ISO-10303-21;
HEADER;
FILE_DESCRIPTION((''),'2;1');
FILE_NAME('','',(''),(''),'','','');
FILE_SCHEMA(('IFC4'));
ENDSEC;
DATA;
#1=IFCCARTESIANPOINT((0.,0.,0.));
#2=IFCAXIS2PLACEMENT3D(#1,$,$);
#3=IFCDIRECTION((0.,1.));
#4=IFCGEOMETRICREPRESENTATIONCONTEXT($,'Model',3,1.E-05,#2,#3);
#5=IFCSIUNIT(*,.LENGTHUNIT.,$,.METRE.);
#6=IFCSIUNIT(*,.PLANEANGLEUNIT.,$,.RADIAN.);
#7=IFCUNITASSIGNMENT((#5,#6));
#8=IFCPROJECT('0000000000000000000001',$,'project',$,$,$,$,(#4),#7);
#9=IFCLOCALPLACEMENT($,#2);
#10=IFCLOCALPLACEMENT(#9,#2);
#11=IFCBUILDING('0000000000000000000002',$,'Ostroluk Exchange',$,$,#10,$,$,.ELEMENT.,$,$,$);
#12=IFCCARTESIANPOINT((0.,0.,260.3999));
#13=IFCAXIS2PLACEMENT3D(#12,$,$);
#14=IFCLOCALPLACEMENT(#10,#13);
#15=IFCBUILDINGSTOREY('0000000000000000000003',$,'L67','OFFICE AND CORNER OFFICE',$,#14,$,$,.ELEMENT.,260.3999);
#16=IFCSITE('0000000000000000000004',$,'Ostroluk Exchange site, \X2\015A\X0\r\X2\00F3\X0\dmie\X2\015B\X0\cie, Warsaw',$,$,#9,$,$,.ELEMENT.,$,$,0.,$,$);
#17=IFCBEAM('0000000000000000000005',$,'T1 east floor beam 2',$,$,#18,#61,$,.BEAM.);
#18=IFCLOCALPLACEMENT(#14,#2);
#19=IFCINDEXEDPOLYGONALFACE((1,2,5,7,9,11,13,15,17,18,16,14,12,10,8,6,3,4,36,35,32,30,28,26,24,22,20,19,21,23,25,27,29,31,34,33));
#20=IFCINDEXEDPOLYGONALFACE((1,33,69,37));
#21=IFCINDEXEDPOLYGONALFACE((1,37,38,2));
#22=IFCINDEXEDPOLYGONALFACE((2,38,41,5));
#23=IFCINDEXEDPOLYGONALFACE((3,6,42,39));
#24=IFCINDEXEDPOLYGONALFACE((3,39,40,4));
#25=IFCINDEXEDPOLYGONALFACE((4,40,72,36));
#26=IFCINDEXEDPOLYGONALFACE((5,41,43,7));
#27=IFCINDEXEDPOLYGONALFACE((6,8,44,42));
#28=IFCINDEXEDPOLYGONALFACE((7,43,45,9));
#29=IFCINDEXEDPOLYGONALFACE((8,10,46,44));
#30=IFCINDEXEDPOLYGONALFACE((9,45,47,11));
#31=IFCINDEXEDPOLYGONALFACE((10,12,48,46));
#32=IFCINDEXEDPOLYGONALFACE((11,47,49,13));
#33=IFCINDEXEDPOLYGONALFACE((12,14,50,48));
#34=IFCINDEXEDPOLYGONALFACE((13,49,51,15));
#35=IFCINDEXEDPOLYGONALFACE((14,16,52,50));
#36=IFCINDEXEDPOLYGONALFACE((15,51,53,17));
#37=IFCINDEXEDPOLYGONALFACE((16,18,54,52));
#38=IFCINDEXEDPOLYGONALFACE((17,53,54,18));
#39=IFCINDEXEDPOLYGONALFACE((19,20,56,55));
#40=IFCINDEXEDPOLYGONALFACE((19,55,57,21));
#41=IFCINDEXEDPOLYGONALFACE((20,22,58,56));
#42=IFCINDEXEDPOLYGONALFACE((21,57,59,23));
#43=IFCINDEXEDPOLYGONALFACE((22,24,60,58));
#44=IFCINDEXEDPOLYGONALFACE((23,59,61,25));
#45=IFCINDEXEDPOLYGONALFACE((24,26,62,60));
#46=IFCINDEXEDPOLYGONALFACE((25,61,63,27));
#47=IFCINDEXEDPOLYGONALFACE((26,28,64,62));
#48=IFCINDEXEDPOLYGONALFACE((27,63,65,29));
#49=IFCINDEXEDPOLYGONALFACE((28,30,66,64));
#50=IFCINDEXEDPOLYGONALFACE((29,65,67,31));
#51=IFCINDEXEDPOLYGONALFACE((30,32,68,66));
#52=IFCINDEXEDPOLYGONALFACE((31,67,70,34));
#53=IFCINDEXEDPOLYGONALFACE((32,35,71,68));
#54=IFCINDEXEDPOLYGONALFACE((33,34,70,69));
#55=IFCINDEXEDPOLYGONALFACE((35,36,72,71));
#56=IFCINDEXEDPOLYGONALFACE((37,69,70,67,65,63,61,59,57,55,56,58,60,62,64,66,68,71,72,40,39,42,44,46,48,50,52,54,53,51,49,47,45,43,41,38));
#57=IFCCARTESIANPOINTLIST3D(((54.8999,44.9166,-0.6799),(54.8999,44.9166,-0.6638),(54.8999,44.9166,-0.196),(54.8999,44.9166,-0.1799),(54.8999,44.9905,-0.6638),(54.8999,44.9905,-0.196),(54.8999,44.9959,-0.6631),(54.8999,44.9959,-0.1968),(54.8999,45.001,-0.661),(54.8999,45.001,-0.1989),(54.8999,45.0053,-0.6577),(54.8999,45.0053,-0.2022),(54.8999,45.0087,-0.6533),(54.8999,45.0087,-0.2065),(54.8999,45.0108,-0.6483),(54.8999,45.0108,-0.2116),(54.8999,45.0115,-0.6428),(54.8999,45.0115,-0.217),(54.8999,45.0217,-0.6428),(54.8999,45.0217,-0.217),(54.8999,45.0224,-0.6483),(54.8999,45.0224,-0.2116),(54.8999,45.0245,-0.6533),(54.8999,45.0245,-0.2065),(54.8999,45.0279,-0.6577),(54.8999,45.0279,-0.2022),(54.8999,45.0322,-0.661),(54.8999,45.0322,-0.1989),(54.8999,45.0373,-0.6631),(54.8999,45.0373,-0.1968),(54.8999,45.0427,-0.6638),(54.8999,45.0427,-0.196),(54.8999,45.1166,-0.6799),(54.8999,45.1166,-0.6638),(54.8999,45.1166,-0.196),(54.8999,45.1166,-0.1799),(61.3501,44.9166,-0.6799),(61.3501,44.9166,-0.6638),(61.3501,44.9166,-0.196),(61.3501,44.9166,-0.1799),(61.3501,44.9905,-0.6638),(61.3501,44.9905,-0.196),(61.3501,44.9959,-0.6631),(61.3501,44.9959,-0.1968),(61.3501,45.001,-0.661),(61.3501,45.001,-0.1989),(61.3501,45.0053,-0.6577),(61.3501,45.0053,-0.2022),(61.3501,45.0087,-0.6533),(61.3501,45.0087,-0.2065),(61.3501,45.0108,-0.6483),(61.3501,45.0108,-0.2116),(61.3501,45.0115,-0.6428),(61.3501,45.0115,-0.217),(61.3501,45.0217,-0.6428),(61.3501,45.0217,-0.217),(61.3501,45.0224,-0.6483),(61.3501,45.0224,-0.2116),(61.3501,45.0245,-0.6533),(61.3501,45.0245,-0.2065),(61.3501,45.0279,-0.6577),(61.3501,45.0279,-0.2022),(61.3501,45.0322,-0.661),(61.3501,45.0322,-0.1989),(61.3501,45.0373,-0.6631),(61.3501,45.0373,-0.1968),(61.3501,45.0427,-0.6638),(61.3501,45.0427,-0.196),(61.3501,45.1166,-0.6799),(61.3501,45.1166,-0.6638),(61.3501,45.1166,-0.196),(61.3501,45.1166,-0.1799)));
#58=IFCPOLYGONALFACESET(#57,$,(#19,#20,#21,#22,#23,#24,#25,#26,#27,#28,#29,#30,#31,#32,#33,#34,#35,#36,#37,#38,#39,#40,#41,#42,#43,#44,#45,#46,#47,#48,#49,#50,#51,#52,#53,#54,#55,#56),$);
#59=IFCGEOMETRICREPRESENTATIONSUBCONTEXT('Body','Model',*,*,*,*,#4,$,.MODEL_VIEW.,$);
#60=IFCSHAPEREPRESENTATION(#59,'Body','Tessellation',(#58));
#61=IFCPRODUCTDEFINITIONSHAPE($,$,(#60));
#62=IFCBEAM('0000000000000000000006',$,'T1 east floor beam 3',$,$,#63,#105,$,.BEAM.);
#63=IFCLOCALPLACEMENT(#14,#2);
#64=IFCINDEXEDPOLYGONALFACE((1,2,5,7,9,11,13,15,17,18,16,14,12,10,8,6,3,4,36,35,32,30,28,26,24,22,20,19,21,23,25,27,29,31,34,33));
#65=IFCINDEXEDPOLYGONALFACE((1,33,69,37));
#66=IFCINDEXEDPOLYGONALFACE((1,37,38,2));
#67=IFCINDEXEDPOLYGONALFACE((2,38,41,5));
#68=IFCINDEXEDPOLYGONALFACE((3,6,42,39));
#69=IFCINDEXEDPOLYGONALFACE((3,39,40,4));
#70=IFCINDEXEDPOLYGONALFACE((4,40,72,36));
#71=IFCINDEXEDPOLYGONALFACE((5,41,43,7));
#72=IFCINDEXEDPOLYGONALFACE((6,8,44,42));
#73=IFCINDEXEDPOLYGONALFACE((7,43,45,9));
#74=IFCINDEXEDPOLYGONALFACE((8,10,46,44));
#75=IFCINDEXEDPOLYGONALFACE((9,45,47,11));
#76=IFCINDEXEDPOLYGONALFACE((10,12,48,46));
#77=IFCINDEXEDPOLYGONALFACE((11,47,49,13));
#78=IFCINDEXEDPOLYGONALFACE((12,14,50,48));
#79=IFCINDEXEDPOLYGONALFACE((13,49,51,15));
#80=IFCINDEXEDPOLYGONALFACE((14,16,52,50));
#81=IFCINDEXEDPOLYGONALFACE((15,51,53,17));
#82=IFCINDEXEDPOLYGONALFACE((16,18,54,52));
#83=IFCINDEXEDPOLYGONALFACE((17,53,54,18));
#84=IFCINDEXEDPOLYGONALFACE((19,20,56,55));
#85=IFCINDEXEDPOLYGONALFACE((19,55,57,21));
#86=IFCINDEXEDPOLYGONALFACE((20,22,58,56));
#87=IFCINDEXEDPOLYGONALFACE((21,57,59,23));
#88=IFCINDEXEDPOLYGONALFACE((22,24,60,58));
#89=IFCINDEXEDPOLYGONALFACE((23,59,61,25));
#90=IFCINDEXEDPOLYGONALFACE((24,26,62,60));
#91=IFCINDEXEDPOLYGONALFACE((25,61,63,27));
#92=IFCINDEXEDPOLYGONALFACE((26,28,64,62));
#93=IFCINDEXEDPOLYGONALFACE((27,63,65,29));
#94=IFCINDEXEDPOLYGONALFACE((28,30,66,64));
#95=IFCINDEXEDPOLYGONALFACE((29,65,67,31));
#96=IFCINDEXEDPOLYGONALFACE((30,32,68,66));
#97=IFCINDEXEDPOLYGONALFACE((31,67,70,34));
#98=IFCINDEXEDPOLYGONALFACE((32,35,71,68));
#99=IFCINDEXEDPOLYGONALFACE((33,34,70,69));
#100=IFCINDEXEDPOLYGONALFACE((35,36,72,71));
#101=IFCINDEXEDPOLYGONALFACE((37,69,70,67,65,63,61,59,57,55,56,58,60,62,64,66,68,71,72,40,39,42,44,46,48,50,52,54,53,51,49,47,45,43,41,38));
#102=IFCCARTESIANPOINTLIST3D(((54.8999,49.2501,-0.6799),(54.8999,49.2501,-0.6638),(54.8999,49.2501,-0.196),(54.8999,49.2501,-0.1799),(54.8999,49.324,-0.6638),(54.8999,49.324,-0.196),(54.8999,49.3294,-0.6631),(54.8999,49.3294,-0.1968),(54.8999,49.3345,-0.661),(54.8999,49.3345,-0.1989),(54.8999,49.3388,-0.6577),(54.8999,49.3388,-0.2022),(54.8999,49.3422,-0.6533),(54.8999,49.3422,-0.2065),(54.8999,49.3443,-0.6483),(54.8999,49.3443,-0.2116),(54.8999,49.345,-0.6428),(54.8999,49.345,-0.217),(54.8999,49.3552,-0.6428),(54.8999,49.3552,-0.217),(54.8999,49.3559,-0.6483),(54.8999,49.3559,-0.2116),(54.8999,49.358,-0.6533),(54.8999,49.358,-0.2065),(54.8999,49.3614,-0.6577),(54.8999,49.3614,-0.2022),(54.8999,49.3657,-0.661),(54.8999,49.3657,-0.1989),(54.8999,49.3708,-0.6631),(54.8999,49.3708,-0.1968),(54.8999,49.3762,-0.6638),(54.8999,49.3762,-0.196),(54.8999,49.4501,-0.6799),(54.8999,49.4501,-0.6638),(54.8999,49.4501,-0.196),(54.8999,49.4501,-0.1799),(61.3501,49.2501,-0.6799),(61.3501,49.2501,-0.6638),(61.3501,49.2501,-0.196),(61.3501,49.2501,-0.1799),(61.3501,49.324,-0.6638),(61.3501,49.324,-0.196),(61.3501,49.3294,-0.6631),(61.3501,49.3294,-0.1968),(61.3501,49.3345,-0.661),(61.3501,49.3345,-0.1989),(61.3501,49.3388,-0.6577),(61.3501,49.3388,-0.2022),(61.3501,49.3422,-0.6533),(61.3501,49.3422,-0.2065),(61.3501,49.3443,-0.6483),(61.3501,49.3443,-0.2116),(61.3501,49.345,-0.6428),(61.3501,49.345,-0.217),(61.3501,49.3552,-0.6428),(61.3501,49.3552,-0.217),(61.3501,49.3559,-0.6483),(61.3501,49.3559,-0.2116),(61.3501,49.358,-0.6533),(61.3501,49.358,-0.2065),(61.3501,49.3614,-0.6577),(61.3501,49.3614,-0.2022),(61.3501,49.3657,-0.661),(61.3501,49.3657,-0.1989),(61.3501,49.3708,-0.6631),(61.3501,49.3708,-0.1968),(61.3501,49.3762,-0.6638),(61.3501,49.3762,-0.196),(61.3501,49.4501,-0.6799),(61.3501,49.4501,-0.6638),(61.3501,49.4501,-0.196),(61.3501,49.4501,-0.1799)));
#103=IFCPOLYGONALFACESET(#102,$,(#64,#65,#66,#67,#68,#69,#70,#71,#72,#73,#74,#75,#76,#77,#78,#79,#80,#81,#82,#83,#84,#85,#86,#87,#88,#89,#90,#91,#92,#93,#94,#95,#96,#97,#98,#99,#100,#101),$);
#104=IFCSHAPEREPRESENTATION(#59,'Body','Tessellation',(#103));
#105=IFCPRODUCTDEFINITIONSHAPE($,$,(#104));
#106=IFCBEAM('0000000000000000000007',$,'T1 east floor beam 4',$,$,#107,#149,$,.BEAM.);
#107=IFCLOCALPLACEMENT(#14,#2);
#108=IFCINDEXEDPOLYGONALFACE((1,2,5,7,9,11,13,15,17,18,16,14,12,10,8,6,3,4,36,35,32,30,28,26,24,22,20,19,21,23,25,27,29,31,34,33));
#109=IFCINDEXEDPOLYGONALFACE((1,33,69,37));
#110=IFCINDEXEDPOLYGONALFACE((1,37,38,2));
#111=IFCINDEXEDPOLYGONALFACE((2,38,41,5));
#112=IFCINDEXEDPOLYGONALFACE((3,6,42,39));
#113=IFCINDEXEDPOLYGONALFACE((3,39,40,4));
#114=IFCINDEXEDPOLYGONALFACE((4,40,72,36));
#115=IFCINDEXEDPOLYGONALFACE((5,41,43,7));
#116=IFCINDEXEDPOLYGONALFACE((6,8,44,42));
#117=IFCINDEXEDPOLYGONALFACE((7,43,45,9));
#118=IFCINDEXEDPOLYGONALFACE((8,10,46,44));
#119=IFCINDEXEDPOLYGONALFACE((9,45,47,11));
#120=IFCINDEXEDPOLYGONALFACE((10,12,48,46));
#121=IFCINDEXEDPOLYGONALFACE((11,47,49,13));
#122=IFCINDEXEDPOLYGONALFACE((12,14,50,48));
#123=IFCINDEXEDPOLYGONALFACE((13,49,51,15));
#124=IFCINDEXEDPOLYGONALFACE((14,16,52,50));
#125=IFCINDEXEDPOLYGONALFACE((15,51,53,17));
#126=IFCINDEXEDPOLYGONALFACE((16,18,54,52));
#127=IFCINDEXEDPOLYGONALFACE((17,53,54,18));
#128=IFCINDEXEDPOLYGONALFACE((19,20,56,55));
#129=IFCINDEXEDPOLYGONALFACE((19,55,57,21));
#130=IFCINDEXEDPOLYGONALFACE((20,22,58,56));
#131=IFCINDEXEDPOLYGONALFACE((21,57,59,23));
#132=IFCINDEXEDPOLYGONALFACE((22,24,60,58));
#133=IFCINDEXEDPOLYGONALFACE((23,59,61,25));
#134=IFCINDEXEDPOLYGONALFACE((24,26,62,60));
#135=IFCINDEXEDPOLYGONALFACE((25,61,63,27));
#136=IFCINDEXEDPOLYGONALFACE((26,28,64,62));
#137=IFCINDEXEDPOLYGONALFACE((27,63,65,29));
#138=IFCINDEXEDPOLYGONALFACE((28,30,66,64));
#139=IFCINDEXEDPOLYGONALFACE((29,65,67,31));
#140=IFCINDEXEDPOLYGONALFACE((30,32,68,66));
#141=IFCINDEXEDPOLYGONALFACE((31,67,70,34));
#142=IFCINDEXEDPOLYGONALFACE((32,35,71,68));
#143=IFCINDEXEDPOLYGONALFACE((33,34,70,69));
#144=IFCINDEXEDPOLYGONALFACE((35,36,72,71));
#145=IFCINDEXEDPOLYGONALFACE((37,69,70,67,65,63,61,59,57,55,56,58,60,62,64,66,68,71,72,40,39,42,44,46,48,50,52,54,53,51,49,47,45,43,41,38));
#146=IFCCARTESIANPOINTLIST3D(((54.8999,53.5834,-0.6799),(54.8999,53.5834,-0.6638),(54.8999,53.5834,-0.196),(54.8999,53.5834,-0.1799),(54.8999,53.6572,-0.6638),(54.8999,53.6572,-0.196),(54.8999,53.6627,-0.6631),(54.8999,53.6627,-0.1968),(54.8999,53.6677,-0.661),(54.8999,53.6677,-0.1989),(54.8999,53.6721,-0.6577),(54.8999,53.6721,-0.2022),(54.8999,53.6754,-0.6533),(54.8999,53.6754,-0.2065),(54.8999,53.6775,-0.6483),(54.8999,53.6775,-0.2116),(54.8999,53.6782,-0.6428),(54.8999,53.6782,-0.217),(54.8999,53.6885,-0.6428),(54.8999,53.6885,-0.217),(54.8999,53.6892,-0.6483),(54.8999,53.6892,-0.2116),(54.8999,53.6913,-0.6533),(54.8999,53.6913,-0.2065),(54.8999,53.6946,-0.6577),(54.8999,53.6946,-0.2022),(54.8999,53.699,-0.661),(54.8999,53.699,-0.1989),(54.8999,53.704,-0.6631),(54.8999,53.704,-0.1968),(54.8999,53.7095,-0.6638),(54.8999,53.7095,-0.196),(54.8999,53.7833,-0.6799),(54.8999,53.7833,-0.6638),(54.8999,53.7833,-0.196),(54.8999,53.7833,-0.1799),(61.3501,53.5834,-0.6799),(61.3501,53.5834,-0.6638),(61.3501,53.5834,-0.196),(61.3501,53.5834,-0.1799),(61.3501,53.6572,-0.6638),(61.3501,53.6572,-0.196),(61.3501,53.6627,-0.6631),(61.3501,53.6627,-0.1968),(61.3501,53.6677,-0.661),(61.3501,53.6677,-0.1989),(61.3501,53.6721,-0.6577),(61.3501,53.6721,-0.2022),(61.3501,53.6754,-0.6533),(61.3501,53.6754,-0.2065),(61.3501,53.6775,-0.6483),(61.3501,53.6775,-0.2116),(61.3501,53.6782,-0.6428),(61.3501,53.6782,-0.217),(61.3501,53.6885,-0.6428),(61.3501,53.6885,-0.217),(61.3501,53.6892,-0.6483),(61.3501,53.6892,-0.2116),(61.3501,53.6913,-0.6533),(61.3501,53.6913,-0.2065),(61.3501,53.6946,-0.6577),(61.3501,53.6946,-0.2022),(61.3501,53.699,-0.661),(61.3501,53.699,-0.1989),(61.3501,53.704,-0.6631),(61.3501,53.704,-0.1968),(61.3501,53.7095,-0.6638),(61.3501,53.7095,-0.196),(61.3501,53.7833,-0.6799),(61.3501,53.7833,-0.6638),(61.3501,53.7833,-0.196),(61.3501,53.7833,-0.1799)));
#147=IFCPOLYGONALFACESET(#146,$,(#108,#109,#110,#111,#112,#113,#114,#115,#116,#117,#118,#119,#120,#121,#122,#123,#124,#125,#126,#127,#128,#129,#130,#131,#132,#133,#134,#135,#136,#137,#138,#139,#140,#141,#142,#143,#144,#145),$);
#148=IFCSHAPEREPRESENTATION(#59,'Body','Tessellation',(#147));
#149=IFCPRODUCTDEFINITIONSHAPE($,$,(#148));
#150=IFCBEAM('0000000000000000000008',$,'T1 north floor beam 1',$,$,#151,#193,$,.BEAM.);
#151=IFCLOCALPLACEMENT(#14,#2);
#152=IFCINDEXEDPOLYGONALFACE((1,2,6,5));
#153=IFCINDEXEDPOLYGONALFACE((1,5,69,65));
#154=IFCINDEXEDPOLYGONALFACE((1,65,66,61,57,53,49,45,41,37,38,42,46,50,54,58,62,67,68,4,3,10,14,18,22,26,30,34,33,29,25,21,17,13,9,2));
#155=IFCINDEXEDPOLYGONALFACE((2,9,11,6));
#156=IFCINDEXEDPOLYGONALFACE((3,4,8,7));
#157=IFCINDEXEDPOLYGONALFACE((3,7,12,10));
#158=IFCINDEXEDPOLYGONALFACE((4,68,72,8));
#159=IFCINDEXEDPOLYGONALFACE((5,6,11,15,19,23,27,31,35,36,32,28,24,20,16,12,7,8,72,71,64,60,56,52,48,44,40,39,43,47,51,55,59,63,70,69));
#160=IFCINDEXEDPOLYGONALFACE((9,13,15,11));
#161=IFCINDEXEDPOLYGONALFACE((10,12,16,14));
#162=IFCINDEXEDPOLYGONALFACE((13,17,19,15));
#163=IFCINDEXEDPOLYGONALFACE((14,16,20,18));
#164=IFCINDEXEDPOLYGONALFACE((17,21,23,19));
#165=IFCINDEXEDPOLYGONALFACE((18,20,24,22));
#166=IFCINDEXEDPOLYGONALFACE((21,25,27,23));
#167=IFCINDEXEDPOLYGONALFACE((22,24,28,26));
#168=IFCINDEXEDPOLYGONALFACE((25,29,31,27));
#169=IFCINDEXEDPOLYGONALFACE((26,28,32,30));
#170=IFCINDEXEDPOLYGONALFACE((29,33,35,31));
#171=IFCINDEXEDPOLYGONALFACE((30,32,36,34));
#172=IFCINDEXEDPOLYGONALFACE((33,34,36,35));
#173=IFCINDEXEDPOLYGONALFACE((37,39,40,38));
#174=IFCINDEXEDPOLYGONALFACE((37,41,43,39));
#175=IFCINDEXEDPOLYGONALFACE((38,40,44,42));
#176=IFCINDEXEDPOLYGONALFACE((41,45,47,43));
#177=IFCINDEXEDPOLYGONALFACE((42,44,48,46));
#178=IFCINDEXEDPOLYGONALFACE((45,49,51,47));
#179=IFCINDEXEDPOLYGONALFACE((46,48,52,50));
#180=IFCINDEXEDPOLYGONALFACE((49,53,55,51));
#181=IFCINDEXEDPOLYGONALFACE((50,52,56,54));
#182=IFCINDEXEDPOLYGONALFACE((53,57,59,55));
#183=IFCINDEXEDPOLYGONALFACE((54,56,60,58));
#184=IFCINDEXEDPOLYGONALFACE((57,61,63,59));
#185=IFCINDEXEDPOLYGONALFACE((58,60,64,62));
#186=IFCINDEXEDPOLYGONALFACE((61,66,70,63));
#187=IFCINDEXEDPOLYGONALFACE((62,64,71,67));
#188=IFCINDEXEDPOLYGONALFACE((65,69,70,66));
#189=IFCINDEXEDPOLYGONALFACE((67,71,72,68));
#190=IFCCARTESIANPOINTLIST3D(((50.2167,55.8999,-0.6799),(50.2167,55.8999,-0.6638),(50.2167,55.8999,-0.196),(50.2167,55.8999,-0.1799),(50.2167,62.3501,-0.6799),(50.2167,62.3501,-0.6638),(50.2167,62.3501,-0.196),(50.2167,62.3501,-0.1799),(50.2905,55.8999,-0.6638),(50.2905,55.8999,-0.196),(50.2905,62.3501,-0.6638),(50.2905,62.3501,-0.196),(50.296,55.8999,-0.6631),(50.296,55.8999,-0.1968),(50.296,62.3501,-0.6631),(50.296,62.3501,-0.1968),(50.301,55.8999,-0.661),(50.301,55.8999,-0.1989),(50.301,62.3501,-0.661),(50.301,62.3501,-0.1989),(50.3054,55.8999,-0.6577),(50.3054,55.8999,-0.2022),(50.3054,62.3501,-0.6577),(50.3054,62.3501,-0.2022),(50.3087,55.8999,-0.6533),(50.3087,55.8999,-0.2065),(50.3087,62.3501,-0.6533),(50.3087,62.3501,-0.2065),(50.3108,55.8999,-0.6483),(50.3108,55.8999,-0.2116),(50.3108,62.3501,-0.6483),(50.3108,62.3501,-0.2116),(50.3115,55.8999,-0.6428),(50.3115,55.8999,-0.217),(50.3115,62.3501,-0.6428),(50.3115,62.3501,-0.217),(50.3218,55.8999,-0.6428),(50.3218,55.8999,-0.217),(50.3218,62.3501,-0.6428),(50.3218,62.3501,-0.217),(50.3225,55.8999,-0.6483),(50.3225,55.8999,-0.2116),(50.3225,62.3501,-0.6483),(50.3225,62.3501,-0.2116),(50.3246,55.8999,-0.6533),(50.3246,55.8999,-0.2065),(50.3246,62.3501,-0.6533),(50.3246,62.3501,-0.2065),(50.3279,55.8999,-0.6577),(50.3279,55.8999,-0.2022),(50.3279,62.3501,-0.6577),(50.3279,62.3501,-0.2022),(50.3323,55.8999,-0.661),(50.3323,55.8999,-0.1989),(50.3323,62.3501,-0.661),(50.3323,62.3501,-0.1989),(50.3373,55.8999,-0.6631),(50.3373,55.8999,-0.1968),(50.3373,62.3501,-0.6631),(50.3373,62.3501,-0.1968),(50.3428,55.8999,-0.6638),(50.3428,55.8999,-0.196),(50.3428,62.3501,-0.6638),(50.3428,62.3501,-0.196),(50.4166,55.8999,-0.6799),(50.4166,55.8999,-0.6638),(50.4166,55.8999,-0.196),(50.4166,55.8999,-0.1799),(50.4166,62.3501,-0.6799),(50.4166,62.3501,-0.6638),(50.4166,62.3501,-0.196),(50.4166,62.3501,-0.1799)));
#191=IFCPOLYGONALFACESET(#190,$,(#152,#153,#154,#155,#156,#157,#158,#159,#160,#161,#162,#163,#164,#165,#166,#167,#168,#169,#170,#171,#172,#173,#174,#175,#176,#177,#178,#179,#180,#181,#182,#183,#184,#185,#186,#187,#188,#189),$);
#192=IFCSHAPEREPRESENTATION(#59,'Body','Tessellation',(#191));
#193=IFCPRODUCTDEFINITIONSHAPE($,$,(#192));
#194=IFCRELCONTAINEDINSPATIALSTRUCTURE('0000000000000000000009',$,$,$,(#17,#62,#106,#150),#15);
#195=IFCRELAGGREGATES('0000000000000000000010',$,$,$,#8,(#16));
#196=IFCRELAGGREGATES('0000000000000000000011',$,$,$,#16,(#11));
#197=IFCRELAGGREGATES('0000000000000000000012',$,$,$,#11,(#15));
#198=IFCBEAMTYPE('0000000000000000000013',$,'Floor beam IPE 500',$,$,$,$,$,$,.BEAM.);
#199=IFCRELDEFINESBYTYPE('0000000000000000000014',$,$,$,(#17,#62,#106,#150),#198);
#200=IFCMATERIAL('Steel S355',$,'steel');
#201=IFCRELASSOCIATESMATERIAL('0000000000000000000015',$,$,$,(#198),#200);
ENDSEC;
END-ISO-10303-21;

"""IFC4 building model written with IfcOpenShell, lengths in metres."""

from ifc_helpers import new_model, si_unit, direction, frame, origin, origin_2d, place, context, subcontext, project, spatial, i_section, extrude, material, material_profile, profile_set, type_object, element, save


model = new_model("IFC4")

# Units and contexts
model_context = context("Model", 3, precision=1e-05, world=origin(), true_north=direction((0.0, 1.0)))
body_context = subcontext(model_context, "Body", "Model", "MODEL_VIEW")
ifc_project = project(units=[si_unit("LENGTHUNIT", "METRE"), si_unit("PLANEANGLEUNIT", "RADIAN")], contexts=[model_context])

# Site, building, storey
site_placement = place(None, origin())
site = spatial("IfcSite", under=ifc_project, at=site_placement, Name="Ostroluk Exchange site, Śródmieście, Warsaw", CompositionType="ELEMENT", RefElevation=0.0)
building_placement = place(site_placement, origin())
building = spatial("IfcBuilding", under=site, at=building_placement, Name="Ostroluk Exchange", CompositionType="ELEMENT")
storey_placement = place(building_placement, frame((0.0, 0.0, 260.3999)))
storey = spatial("IfcBuildingStorey", under=building, at=storey_placement, Name="L67", Description="OFFICE AND CORNER OFFICE", CompositionType="ELEMENT", Elevation=260.3999)

# Beams
ifc_material_1 = material(Name="Steel S355", Category="steel")
ifc_material_profile_1 = material_profile(ifc_material_1, i_section(OverallWidth=0.2, OverallDepth=0.5, WebThickness=0.0103, FlangeThickness=0.0161, FilletRadius=0.021, at=origin_2d()), Name="IPE 500")
ifc_profile_set_1 = profile_set([ifc_material_profile_1], Name="Steel S355")
beam_type_1 = type_object("IfcBeamType", Name="Floor beam IPE 500", PredefinedType="BEAM", material=ifc_profile_set_1)
for number, where, z_axis, x_axis, name in (
    (1, (54.8999, 45.0166, -0.4299), (1.0, 0.0, 0.0), (0.0, 1.0, 0.0), "T1 east floor beam 2"),
    (2, (54.8999, 49.3501, -0.4299), (1.0, 0.0, 0.0), (0.0, 1.0, 0.0), "T1 east floor beam 3"),
    (3, (54.8999, 53.6833, -0.4299), (1.0, 0.0, 0.0), (0.0, 1.0, 0.0), "T1 east floor beam 4"),
    (4, (50.3167, 55.8999, -0.4299), (0.0, 1.0, 0.0), (-1.0, 0.0, 0.0), "T1 north floor beam 1"),
):
    element("IfcBeam", number, at=place(storey_placement, frame(where, z_axis=z_axis, x_axis=x_axis)), inside=storey, type_object=beam_type_1, Name=name, PredefinedType="BEAM", context=body_context, shape_type="SweptSolid", body=[
        extrude(i_section(OverallWidth=0.2, OverallDepth=0.5, WebThickness=0.0103, FlangeThickness=0.0161, FilletRadius=0.021, at=origin_2d()), origin(), (0.0, 0.0, 1.0), 6.4502),
    ])

save(model, "model.ifc")
